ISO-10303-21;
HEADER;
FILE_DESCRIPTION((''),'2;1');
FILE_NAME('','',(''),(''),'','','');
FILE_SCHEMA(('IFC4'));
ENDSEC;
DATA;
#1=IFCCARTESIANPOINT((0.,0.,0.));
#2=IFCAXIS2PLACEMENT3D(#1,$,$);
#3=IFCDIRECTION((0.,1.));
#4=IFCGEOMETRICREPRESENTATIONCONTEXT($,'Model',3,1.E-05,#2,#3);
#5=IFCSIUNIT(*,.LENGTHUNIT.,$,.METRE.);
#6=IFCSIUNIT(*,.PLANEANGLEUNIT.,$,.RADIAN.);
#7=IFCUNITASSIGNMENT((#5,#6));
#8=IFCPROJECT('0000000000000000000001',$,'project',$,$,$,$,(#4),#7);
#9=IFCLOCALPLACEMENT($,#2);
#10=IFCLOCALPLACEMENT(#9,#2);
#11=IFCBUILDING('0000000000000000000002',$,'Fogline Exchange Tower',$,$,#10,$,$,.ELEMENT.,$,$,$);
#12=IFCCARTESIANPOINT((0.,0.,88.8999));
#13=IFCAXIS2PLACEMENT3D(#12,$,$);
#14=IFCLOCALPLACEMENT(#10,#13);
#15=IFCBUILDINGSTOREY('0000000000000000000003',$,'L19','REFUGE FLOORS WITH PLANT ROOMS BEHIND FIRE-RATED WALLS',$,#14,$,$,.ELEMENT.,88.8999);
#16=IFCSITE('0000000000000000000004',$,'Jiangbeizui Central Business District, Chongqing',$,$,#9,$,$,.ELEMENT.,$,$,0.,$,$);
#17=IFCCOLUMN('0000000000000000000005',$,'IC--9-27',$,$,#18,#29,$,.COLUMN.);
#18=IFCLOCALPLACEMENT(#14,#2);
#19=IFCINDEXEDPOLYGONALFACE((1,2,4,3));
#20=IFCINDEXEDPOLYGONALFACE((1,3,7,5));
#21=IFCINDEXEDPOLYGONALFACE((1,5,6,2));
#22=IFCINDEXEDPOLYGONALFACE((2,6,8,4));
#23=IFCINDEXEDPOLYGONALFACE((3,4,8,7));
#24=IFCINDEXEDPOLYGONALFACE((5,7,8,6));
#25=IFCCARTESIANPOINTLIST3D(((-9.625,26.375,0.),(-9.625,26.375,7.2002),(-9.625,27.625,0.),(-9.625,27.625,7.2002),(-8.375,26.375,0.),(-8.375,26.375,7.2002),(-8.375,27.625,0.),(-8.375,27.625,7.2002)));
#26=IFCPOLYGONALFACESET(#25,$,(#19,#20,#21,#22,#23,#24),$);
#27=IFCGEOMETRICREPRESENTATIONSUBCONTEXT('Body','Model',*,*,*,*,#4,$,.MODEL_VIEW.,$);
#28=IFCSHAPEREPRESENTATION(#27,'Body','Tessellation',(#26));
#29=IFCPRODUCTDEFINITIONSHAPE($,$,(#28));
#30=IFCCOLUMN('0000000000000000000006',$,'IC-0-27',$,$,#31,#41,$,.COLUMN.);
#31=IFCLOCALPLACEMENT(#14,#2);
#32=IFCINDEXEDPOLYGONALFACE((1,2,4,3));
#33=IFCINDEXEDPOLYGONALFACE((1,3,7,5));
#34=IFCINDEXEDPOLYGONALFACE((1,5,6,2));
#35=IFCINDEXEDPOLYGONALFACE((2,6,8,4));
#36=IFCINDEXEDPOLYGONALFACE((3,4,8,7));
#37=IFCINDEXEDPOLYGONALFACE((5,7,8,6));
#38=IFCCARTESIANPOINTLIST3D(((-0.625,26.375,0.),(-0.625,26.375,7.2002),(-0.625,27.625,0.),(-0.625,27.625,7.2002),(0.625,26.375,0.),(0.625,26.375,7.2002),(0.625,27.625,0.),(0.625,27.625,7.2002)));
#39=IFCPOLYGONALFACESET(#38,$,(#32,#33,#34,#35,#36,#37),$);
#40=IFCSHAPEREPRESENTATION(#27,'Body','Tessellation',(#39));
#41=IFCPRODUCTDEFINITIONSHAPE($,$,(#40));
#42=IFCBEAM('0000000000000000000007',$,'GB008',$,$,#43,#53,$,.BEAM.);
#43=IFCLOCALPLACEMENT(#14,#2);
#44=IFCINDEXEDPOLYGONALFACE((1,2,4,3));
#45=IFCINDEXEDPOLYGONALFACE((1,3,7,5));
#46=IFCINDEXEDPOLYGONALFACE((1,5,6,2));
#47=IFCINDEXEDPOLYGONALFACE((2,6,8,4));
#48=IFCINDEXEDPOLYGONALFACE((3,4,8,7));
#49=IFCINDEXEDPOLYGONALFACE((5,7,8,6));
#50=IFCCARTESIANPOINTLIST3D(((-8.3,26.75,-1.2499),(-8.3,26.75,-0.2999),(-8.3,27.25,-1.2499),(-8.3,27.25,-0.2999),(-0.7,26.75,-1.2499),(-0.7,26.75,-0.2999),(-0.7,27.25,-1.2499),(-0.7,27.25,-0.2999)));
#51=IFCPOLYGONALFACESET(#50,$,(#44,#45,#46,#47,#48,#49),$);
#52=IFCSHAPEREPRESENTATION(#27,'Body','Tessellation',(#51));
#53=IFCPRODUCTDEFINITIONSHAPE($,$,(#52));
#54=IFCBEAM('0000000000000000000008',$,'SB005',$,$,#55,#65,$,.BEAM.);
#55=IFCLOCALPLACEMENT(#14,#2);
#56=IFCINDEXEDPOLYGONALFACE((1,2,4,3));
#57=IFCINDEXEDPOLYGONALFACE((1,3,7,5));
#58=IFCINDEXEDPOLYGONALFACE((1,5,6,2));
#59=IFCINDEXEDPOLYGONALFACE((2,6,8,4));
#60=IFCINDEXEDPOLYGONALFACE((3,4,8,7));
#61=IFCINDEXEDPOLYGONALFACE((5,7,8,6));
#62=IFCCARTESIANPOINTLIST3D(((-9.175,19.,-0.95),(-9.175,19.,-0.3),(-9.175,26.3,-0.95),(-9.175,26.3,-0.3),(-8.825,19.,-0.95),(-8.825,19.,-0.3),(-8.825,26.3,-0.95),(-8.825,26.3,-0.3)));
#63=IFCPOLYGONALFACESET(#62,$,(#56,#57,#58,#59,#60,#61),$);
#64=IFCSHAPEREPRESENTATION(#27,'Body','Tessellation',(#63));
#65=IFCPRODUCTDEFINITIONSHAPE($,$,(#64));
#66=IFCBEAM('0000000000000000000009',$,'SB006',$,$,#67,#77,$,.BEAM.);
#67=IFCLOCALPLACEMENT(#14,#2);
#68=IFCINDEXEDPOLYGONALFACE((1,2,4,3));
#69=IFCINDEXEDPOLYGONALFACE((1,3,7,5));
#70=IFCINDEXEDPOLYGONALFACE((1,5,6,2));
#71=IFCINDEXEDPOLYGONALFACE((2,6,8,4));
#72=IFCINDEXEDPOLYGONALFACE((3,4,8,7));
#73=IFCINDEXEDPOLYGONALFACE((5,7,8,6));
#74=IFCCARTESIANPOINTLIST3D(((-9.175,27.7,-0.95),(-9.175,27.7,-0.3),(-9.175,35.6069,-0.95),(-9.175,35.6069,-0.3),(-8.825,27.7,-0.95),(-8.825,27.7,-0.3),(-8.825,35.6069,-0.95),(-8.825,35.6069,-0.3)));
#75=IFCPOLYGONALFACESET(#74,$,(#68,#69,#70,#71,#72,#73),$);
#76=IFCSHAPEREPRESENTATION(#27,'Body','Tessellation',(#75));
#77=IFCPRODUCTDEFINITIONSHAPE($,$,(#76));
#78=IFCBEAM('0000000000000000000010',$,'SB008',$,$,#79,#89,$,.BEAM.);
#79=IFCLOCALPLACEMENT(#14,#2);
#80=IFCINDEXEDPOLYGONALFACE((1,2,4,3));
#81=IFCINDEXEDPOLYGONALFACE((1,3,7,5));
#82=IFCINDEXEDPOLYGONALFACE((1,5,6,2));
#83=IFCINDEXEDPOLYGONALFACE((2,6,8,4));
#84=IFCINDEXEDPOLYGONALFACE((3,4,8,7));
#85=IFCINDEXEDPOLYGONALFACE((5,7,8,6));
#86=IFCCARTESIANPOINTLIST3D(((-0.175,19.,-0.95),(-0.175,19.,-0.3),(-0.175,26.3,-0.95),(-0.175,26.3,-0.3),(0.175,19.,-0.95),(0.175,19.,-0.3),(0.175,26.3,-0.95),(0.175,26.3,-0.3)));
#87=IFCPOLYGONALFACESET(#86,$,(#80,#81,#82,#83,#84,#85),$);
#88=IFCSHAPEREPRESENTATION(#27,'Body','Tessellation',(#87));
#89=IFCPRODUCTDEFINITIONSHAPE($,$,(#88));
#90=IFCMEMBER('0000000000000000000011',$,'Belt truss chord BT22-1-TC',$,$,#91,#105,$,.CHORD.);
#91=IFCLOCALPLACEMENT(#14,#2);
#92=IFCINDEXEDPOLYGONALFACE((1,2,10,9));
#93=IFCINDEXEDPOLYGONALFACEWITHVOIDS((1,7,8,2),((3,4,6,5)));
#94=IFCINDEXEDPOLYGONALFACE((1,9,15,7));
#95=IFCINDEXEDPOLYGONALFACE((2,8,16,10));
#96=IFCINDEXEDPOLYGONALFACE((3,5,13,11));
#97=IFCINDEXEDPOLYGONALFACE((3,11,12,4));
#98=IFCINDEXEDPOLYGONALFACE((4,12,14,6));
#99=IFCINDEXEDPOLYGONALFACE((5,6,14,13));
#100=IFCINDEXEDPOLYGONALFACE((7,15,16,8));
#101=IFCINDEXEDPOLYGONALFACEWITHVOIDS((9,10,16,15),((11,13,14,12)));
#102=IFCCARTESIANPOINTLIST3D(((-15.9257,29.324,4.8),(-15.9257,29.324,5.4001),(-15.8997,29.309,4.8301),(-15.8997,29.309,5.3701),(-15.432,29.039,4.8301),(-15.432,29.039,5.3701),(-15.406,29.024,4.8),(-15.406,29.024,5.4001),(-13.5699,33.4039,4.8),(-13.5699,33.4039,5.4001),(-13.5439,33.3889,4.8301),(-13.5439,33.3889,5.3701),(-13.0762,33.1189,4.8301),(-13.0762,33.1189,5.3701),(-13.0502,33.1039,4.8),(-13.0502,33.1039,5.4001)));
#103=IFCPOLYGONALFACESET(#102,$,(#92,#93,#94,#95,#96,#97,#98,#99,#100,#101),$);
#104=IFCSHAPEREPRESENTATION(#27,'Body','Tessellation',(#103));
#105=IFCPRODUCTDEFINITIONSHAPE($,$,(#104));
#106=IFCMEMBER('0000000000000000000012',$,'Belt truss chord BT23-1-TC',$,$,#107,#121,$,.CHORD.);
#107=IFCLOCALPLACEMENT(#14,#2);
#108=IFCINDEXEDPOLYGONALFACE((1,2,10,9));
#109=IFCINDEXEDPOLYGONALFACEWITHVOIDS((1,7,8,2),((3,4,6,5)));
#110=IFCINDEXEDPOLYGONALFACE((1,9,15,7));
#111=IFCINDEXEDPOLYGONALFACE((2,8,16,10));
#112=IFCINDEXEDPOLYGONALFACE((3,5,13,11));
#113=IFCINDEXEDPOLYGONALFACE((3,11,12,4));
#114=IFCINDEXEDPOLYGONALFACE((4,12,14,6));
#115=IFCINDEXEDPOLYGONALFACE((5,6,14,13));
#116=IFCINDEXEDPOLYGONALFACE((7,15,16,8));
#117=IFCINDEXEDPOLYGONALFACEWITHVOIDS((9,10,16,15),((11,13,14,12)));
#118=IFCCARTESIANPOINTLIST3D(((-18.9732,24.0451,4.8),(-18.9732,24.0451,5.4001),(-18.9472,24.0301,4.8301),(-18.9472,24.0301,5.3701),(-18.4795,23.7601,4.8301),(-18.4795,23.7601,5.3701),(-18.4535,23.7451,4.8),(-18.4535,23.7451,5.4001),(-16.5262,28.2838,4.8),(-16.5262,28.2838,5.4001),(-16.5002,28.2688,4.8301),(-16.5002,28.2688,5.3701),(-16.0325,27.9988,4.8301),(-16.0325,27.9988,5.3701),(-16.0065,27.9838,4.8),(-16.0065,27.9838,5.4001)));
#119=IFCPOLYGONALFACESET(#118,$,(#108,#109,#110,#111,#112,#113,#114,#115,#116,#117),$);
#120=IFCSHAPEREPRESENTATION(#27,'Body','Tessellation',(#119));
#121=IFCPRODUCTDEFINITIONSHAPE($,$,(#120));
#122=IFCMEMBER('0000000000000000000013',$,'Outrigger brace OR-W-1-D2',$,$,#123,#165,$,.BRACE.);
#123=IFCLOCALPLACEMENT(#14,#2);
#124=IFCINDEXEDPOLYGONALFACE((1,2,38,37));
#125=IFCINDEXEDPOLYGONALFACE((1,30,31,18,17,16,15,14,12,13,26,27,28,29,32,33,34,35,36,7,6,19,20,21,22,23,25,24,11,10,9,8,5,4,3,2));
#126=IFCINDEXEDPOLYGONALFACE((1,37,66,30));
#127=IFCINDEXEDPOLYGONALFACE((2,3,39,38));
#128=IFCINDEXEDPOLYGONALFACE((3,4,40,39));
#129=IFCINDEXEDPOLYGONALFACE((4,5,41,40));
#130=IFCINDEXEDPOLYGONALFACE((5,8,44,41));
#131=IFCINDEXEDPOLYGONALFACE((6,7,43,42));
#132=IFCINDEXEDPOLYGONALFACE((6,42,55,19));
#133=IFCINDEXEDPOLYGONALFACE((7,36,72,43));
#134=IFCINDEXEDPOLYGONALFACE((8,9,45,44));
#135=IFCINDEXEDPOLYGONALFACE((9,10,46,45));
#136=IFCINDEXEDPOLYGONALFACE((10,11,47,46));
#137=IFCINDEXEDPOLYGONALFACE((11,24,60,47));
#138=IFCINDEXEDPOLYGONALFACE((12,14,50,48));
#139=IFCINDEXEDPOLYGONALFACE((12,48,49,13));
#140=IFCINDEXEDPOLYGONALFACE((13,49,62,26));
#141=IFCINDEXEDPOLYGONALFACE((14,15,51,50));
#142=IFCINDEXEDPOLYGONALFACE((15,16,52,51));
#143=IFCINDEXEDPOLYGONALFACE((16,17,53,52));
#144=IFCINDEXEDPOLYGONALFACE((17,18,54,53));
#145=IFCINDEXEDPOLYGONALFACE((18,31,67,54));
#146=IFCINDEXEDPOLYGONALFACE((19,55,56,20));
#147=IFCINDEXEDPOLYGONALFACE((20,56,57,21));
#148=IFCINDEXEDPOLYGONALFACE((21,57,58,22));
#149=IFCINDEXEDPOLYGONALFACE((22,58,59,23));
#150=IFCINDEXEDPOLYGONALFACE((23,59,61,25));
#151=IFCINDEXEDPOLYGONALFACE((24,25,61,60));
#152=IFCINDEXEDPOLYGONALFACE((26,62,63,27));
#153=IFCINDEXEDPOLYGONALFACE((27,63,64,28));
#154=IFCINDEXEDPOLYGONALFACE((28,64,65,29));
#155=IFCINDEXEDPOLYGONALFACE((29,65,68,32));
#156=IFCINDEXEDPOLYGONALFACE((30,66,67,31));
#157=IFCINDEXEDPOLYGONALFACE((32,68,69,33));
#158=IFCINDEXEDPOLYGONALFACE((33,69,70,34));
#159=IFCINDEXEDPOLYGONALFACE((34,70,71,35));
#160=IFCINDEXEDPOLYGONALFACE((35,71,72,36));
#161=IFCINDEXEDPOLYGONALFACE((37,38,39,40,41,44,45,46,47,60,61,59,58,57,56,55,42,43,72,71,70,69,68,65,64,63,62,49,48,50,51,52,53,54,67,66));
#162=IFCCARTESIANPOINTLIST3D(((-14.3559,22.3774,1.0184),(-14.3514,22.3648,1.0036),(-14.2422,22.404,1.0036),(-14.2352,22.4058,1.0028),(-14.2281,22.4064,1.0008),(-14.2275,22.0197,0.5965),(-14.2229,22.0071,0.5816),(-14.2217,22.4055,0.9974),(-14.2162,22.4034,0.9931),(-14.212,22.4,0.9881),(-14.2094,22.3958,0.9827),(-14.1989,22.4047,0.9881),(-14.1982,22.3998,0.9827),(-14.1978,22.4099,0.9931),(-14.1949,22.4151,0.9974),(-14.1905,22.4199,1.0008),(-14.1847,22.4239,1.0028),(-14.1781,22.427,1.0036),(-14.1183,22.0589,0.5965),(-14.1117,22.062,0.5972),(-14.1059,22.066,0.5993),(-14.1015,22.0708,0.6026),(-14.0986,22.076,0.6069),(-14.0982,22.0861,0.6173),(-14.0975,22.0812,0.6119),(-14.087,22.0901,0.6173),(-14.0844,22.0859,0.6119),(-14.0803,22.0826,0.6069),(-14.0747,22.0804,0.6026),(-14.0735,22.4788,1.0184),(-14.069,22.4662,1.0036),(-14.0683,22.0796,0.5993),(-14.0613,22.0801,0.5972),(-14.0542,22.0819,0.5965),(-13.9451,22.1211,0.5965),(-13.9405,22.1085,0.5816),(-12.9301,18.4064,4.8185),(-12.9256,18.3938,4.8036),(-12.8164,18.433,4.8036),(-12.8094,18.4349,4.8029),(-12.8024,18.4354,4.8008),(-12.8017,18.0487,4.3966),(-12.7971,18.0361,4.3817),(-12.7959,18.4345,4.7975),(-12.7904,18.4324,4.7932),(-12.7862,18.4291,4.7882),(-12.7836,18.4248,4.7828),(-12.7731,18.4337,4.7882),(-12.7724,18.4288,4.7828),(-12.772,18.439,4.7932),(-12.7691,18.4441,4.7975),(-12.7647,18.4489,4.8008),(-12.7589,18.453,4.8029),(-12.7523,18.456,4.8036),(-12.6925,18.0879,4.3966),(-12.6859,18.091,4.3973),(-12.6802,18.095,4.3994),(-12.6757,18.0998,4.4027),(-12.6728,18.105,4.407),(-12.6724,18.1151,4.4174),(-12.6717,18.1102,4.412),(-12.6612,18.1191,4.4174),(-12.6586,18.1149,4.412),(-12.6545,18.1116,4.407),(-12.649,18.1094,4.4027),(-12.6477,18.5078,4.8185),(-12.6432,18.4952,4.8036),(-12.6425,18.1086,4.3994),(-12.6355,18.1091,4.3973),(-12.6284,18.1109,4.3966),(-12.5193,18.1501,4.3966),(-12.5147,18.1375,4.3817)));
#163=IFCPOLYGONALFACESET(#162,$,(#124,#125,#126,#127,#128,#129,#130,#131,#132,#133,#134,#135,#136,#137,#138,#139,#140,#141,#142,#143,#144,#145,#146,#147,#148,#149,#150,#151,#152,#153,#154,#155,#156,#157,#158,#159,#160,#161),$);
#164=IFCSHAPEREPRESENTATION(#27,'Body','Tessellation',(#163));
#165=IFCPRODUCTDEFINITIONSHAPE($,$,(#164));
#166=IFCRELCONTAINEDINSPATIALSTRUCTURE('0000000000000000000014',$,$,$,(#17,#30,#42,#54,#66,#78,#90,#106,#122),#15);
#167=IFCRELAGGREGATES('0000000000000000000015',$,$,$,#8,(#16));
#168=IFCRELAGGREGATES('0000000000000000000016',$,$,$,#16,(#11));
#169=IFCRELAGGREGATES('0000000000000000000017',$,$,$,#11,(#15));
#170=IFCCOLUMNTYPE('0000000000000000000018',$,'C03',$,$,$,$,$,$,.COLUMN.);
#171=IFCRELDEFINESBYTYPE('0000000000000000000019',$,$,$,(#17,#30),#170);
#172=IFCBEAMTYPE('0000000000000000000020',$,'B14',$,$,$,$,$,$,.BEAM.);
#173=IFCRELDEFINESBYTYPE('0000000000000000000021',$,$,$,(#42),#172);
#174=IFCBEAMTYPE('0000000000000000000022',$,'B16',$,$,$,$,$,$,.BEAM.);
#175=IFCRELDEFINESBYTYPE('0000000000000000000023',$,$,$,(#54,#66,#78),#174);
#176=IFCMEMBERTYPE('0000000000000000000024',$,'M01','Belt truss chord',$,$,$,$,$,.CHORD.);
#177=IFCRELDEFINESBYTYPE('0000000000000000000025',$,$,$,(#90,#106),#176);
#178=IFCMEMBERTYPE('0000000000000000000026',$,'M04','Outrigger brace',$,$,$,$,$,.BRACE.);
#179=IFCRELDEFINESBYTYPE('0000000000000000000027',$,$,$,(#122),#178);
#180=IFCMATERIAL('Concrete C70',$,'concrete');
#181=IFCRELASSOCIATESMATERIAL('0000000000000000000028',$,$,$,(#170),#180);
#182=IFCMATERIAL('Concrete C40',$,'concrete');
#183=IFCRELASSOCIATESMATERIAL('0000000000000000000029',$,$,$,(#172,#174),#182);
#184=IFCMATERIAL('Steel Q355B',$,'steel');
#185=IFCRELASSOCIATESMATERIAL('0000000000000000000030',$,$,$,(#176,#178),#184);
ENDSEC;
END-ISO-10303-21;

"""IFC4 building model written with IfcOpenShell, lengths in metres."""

from ifc_helpers import new_model, si_unit, direction, frame, origin, origin_2d, place, context, subcontext, project, spatial, rectangle, hollow_rectangle, i_section, extrude, material, material_profile, profile_set, type_object, element, save


model = new_model("IFC4")

# Units and contexts
model_context = context("Model", 3, precision=1e-05, world=origin(), true_north=direction((0.0, 1.0)))
body_context = subcontext(model_context, "Body", "Model", "MODEL_VIEW")
ifc_project = project(units=[si_unit("LENGTHUNIT", "METRE"), si_unit("PLANEANGLEUNIT", "RADIAN")], contexts=[model_context])

# Site, building, storey
site_placement = place(None, origin())
site = spatial("IfcSite", under=ifc_project, at=site_placement, Name="Jiangbeizui Central Business District, Chongqing", CompositionType="ELEMENT", RefElevation=0.0)
building_placement = place(site_placement, origin())
building = spatial("IfcBuilding", under=site, at=building_placement, Name="Fogline Exchange Tower", CompositionType="ELEMENT")
storey_placement = place(building_placement, frame((0.0, 0.0, 88.8999)))
storey = spatial("IfcBuildingStorey", under=building, at=storey_placement, Name="L19", Description="REFUGE FLOORS WITH PLANT ROOMS BEHIND FIRE-RATED WALLS", CompositionType="ELEMENT", Elevation=88.8999)

# Columns
ifc_material_1 = material(Name="Concrete C70", Category="concrete")
ifc_material_profile_1 = material_profile(ifc_material_1, rectangle(XDim=1.25, YDim=1.25, at=origin_2d()), Name="RC 1250x1250")
ifc_profile_set_1 = profile_set([ifc_material_profile_1], Name="Concrete C70")
column_type = type_object("IfcColumnType", Name="C03", PredefinedType="COLUMN", material=ifc_profile_set_1)
for number, where, z_axis, x_axis, name in (
    (1, (-9.0, 27.0, 0.0), (0.0, 0.0, 1.0), (1.0, 0.0, 0.0), "IC--9-27"),
    (2, (0.0, 27.0, 0.0), (0.0, 0.0, 1.0), (1.0, 0.0, 0.0), "IC-0-27"),
):
    element("IfcColumn", number, at=place(storey_placement, frame(where, z_axis=z_axis, x_axis=x_axis)), inside=storey, type_object=column_type, Name=name, PredefinedType="COLUMN", context=body_context, shape_type="SweptSolid", body=[
        extrude(rectangle(XDim=1.25, YDim=1.25, at=origin_2d()), origin(), (0.0, 0.0, 1.0), 7.2002),
    ])

# Beams
ifc_material_2 = material(Name="Concrete C40", Category="concrete")
ifc_material_profile_2 = material_profile(ifc_material_2, rectangle(XDim=0.5, YDim=0.95, at=origin_2d()), Name="RC 500x950")
ifc_profile_set_2 = profile_set([ifc_material_profile_2], Name="Concrete C40")
beam_type_1 = type_object("IfcBeamType", Name="B14", PredefinedType="BEAM", material=ifc_profile_set_2)
beam_1_placement = place(storey_placement, frame((-8.3, 27.0, -0.7749), z_axis=(1.0, 0.0, 0.0), x_axis=(0.0, 1.0, 0.0)))
element("IfcBeam", 3, at=beam_1_placement, inside=storey, type_object=beam_type_1, Name="GB008", PredefinedType="BEAM", context=body_context, shape_type="SweptSolid", body=[
    extrude(rectangle(XDim=0.5, YDim=0.95, at=origin_2d()), origin(), (0.0, 0.0, 1.0), 7.6001),
])
ifc_material_profile_3 = material_profile(ifc_material_2, rectangle(XDim=0.3501, YDim=0.6499, at=origin_2d()), Name="RC 350x650")
ifc_profile_set_3 = profile_set([ifc_material_profile_3], Name="Concrete C40")
beam_type_2 = type_object("IfcBeamType", Name="B16", PredefinedType="BEAM", material=ifc_profile_set_3)
beam_2_placement = place(storey_placement, frame((-9.0, 19.0, -0.625), z_axis=(0.0, 1.0, 0.0), x_axis=(-1.0, 0.0, 0.0)))
element("IfcBeam", 4, at=beam_2_placement, inside=storey, type_object=beam_type_2, Name="SB005", PredefinedType="BEAM", context=body_context, shape_type="SweptSolid", body=[
    extrude(rectangle(XDim=0.3501, YDim=0.6499, at=origin_2d()), origin(), (0.0, 0.0, 1.0), 7.3),
])
beam_3_placement = place(storey_placement, frame((-9.0, 27.7, -0.625), z_axis=(0.0, 1.0, 0.0), x_axis=(-1.0, 0.0, 0.0)))
element("IfcBeam", 5, at=beam_3_placement, inside=storey, type_object=beam_type_2, Name="SB006", PredefinedType="BEAM", context=body_context, shape_type="SweptSolid", body=[
    extrude(rectangle(XDim=0.3501, YDim=0.6499, at=origin_2d()), origin(), (0.0, 0.0, 1.0), 7.907),
])
beam_4_placement = place(storey_placement, frame((0.0, 19.0, -0.625), z_axis=(0.0, 1.0, 0.0), x_axis=(-1.0, 0.0, 0.0)))
element("IfcBeam", 6, at=beam_4_placement, inside=storey, type_object=beam_type_2, Name="SB008", PredefinedType="BEAM", context=body_context, shape_type="SweptSolid", body=[
    extrude(rectangle(XDim=0.3501, YDim=0.6499, at=origin_2d()), origin(), (0.0, 0.0, 1.0), 7.3),
])

# Members
ifc_material_3 = material(Name="Steel Q355B", Category="steel")
ifc_material_profile_4 = material_profile(ifc_material_3, hollow_rectangle(XDim=0.6001, YDim=0.6001, WallThickness=0.03, at=origin_2d()), Name="BOX600X600X30")
ifc_profile_set_4 = profile_set([ifc_material_profile_4], Name="Steel Q355B")
member_type_1 = type_object("IfcMemberType", Name="M01", Description="Belt truss chord", PredefinedType="CHORD", material=ifc_profile_set_4)
member_1_placement = place(storey_placement, frame((-13.3101, 33.2539, 5.1001), z_axis=(-0.500035, -0.866005, 0.0), x_axis=(0.866005, -0.500035, 0.0)))
element("IfcMember", 7, at=member_1_placement, inside=storey, type_object=member_type_1, Name="Belt truss chord BT22-1-TC", PredefinedType="CHORD", context=body_context, shape_type="SweptSolid", body=[
    extrude(hollow_rectangle(XDim=0.6001, YDim=0.6001, WallThickness=0.03, at=origin_2d()), origin(), (0.0, 0.0, 1.0), 4.7112),
])
member_2_placement = place(storey_placement, frame((-16.2664, 28.1338, 5.1001), z_axis=(-0.499964, -0.866046, 0.0), x_axis=(0.866046, -0.499964, 0.0)))
element("IfcMember", 8, at=member_2_placement, inside=storey, type_object=member_type_1, Name="Belt truss chord BT23-1-TC", PredefinedType="CHORD", context=body_context, shape_type="SweptSolid", body=[
    extrude(hollow_rectangle(XDim=0.6001, YDim=0.6001, WallThickness=0.03, at=origin_2d()), origin(), (0.0, 0.0, 1.0), 4.8943),
])
ifc_material_profile_5 = material_profile(ifc_material_3, i_section(OverallWidth=0.3, OverallDepth=0.5879, WebThickness=0.012, FlangeThickness=0.02, FilletRadius=0.0281, at=origin_2d()), Name="HM588X300X12X20")
ifc_profile_set_5 = profile_set([ifc_material_profile_5], Name="Steel Q355B")
member_type_2 = type_object("IfcMemberType", Name="M04", Description="Outrigger brace", PredefinedType="BRACE", material=ifc_profile_set_5)
member_3_placement = place(storey_placement, frame((-12.7224, 18.272, 4.6001), z_axis=(-0.251099, 0.699335, -0.669238), x_axis=(-0.941171, -0.33793, 0.0)))
element("IfcMember", 9, at=member_3_placement, inside=storey, type_object=member_type_2, Name="Outrigger brace OR-W-1-D2", PredefinedType="BRACE", context=body_context, shape_type="SweptSolid", body=[
    extrude(i_section(OverallWidth=0.3, OverallDepth=0.5879, WebThickness=0.012, FlangeThickness=0.02, FilletRadius=0.0281, at=origin_2d()), origin(), (0.0, 0.0, 1.0), 5.6782),
])

save(model, "model.ifc")
